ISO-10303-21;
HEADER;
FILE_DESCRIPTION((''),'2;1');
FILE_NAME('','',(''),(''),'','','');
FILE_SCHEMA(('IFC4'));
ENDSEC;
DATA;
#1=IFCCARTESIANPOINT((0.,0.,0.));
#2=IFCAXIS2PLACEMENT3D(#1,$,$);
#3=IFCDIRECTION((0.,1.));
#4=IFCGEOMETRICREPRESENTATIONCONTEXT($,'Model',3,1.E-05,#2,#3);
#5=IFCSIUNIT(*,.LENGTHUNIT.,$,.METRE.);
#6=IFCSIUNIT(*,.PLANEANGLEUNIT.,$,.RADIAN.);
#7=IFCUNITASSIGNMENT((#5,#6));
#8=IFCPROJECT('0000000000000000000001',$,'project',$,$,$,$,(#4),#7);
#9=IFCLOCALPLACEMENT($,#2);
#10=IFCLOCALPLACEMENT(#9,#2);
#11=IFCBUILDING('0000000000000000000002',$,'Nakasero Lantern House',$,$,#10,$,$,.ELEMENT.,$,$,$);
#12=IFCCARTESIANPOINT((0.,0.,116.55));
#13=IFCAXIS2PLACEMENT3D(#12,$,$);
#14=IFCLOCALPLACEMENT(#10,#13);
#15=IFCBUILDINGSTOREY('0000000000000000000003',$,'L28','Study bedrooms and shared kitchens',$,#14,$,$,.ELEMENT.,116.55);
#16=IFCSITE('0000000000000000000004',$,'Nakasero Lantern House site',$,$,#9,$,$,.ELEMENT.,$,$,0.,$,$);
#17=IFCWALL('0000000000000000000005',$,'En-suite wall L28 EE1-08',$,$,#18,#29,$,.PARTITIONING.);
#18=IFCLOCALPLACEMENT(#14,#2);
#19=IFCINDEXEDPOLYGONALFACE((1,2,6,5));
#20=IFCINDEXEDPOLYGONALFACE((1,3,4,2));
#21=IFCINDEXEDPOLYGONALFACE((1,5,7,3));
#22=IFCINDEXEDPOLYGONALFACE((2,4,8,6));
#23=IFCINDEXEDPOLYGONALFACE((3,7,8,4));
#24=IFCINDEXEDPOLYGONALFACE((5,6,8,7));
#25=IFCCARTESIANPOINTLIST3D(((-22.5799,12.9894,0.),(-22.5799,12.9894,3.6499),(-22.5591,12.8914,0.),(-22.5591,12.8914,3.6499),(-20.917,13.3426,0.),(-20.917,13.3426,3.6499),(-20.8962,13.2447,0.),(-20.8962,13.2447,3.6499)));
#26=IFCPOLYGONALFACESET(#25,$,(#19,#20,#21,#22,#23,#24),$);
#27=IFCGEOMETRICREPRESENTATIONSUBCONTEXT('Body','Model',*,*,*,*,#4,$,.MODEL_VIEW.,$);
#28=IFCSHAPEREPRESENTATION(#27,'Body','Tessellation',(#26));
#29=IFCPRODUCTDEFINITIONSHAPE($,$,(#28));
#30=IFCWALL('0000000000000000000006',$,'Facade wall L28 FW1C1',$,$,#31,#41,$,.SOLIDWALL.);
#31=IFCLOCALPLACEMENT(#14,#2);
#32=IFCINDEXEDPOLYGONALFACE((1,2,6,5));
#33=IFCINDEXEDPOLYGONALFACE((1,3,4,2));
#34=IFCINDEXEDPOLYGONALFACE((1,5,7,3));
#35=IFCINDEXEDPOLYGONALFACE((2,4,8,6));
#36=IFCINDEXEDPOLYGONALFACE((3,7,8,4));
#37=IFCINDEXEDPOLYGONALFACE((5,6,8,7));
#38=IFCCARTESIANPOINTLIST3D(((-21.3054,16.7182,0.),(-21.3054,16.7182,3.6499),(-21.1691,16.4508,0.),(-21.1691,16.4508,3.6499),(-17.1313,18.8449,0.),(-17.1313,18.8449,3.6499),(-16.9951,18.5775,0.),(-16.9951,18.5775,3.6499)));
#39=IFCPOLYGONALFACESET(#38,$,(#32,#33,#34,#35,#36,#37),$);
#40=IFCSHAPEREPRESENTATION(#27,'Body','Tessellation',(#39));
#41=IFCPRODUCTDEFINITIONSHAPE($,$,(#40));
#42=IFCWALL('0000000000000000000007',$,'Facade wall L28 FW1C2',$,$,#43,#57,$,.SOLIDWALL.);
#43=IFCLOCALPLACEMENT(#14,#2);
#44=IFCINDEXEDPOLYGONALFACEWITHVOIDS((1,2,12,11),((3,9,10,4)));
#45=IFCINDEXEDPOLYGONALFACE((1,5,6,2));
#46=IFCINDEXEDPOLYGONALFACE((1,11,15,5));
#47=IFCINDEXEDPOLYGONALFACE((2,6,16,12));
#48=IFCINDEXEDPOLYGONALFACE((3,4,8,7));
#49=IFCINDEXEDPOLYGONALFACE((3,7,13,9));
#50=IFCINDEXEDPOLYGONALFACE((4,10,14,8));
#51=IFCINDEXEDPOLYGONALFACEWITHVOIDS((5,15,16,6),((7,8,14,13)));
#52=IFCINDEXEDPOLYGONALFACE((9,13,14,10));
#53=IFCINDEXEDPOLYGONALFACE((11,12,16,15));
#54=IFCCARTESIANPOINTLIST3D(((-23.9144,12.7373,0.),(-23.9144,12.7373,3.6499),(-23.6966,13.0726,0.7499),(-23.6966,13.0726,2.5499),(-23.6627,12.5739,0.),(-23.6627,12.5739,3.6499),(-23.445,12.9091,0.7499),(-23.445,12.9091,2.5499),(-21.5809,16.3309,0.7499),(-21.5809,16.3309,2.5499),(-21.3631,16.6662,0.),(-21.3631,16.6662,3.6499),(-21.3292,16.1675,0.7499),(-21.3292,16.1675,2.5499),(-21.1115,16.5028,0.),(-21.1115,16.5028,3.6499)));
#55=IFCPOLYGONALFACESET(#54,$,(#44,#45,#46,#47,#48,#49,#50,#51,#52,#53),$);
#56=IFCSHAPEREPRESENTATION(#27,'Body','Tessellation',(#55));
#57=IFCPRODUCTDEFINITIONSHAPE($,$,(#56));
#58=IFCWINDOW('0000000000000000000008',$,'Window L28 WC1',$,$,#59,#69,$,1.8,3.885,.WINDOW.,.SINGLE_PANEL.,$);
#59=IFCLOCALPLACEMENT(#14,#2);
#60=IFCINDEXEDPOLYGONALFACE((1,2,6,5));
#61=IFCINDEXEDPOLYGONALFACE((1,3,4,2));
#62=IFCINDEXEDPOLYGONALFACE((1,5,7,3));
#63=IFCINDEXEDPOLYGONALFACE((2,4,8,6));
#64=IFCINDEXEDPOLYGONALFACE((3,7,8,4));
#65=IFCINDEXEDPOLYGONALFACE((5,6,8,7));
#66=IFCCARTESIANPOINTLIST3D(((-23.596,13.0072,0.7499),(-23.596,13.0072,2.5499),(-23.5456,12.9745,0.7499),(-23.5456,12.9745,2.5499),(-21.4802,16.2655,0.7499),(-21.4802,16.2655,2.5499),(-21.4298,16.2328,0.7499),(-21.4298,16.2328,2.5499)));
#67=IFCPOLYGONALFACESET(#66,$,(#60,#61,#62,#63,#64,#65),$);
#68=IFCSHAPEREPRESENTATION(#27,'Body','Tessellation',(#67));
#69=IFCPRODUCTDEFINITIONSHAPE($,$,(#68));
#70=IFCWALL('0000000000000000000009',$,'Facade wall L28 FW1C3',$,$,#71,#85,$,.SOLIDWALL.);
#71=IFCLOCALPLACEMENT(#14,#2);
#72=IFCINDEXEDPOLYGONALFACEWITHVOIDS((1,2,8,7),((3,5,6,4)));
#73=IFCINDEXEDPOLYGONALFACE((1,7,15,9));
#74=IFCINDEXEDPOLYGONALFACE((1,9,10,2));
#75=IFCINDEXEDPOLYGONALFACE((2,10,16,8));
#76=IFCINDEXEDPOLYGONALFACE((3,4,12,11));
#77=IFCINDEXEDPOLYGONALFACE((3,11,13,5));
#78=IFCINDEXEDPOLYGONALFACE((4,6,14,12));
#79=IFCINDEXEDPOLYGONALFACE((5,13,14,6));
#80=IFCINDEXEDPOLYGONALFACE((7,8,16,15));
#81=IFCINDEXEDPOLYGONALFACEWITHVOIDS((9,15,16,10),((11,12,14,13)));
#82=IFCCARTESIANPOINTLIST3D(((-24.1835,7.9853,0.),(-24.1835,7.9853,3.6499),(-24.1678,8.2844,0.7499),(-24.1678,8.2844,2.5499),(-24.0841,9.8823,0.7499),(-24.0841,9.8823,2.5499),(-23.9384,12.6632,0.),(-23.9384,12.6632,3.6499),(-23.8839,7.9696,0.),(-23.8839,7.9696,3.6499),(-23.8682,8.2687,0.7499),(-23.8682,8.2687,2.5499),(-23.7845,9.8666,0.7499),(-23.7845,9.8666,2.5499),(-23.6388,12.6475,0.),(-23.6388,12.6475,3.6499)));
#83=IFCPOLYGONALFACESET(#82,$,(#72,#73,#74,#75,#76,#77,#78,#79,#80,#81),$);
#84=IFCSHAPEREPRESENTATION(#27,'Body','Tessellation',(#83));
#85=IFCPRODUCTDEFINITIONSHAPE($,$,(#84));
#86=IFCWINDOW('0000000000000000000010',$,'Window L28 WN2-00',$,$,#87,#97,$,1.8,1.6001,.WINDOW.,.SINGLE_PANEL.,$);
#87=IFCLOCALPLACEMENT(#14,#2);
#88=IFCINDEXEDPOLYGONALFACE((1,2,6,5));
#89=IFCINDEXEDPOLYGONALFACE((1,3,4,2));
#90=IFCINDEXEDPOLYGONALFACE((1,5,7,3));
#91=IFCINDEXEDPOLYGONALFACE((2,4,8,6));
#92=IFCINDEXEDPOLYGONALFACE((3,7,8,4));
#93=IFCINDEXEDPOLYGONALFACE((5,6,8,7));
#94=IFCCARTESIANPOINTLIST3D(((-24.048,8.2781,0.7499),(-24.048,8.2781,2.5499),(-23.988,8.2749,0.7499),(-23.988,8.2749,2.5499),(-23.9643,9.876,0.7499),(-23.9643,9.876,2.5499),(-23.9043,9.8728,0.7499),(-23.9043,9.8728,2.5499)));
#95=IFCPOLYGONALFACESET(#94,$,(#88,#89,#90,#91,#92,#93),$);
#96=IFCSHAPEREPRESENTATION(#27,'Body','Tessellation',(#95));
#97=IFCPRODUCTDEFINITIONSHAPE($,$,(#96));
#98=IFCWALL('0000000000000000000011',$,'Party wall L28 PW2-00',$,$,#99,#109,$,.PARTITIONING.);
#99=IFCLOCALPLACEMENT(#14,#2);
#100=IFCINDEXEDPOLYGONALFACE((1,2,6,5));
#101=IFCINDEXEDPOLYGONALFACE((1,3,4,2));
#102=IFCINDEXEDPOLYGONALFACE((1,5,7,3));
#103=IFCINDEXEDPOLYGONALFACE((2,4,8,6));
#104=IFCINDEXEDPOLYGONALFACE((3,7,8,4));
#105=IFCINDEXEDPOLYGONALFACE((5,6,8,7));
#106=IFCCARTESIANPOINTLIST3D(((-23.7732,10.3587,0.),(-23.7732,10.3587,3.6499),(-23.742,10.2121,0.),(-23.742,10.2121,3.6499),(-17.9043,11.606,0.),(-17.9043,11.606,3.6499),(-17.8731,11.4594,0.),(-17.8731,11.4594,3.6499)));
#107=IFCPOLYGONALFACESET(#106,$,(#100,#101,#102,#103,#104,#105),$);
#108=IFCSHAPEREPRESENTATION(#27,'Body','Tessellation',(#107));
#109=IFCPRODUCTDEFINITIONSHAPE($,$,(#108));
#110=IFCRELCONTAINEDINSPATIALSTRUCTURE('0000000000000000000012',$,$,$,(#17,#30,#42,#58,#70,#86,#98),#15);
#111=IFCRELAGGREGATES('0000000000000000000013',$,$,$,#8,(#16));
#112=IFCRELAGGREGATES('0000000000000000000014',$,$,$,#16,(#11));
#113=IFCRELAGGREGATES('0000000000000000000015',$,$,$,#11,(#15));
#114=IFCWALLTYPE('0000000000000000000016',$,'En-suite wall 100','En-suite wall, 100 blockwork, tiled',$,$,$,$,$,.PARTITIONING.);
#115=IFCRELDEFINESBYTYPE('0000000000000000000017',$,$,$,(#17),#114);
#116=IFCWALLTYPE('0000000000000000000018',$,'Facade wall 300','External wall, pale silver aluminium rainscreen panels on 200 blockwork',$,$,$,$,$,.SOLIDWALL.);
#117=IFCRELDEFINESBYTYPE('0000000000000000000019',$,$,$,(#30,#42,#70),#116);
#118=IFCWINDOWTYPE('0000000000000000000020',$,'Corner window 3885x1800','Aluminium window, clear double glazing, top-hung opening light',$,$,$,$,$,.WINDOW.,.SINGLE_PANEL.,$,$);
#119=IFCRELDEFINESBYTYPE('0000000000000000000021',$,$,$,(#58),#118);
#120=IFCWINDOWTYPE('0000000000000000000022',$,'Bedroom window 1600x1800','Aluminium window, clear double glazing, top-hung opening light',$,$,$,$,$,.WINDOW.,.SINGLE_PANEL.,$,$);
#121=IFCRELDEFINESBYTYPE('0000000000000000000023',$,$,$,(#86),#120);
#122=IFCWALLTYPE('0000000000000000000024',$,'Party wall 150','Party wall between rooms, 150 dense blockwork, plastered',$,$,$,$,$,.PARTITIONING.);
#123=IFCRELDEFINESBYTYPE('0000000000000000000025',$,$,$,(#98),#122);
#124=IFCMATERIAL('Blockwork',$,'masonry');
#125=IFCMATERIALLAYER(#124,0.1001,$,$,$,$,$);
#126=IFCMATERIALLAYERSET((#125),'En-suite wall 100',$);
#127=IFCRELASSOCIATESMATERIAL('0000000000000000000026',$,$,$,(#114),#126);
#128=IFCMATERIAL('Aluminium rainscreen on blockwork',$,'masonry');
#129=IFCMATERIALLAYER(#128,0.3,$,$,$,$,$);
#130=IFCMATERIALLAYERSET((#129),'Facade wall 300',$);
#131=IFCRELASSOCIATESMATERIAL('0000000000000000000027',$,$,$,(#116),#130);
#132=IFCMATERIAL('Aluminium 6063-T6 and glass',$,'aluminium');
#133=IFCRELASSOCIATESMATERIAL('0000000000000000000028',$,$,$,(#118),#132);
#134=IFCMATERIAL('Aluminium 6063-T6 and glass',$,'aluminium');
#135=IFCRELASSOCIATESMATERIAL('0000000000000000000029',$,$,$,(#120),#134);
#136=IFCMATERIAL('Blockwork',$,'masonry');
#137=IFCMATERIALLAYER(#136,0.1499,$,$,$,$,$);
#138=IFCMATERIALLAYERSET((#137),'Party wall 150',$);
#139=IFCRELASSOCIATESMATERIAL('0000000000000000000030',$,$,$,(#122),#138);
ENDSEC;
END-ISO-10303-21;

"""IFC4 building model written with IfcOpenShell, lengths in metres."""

from ifc_helpers import new_model, si_unit, direction, frame, frame_2d, origin, place, context, subcontext, project, spatial, rectangle, extrude, material, layer, layer_set, type_object, element, fill, save


model = new_model("IFC4")

# Units and contexts
model_context = context("Model", 3, precision=1e-05, world=origin(), true_north=direction((0.0, 1.0)))
body_context = subcontext(model_context, "Body", "Model", "MODEL_VIEW")
ifc_project = project(units=[si_unit("LENGTHUNIT", "METRE"), si_unit("PLANEANGLEUNIT", "RADIAN")], contexts=[model_context])

# Site, building, storey
site_placement = place(None, origin())
site = spatial("IfcSite", under=ifc_project, at=site_placement, Name="Nakasero Lantern House site", CompositionType="ELEMENT", RefElevation=0.0)
building_placement = place(site_placement, origin())
building = spatial("IfcBuilding", under=site, at=building_placement, Name="Nakasero Lantern House", CompositionType="ELEMENT")
storey_placement = place(building_placement, frame((0.0, 0.0, 116.55)))
storey = spatial("IfcBuildingStorey", under=building, at=storey_placement, Name="L28", Description="Study bedrooms and shared kitchens", CompositionType="ELEMENT", Elevation=116.55)

# Walls
ifc_material_1 = material(Name="Blockwork", Category="masonry")
ifc_layer_1 = layer(ifc_material_1, 0.1001)
ifc_layer_set_1 = layer_set([ifc_layer_1], Name="En-suite wall 100")
wall_type_1 = type_object("IfcWallType", Name="En-suite wall 100", Description="En-suite wall, 100 blockwork, tiled", PredefinedType="PARTITIONING", material=ifc_layer_set_1)
wall_1_placement = place(storey_placement, frame((-20.9065, 13.2937, 0.0), z_axis=(0.0, 0.0, 1.0), x_axis=(-0.978169, -0.207812, 0.0)))
element("IfcWall", 1, at=wall_1_placement, inside=storey, type_object=wall_type_1, Name="En-suite wall L28 EE1-08", PredefinedType="PARTITIONING", context=body_context, shape_type="SweptSolid", body=[
    extrude(rectangle(XDim=1.7, YDim=0.1001, at=frame_2d((0.8501, 0.0))), origin(), (0.0, 0.0, 1.0), 3.6499),
])
ifc_material_2 = material(Name="Aluminium rainscreen on blockwork", Category="masonry")
ifc_layer_2 = layer(ifc_material_2, 0.3)
ifc_layer_set_2 = layer_set([ifc_layer_2], Name="Facade wall 300")
wall_type_2 = type_object("IfcWallType", Name="Facade wall 300", Description="External wall, pale silver aluminium rainscreen panels on 200 blockwork", PredefinedType="SOLIDWALL", material=ifc_layer_set_2)
wall_2_placement = place(storey_placement, frame((-17.0632, 18.7112, 0.0), z_axis=(0.0, 0.0, 1.0), x_axis=(-0.891014, -0.453976, 0.0)))
element("IfcWall", 2, at=wall_2_placement, inside=storey, type_object=wall_type_2, Name="Facade wall L28 FW1C1", PredefinedType="SOLIDWALL", context=body_context, shape_type="SweptSolid", body=[
    extrude(rectangle(XDim=4.6846, YDim=0.3, at=frame_2d((2.3423, 0.0))), origin(), (0.0, 0.0, 1.0), 3.6499),
])

# Walls, openings, windows
wall_3_placement = place(storey_placement, frame((-21.2373, 16.5845, 0.0), z_axis=(0.0, 0.0, 1.0), x_axis=(-0.544605, -0.838692, 0.0)))
wall_3 = element("IfcWall", 3, at=wall_3_placement, inside=storey, type_object=wall_type_2, Name="Facade wall L28 FW1C2", PredefinedType="SOLIDWALL", context=body_context, shape_type="SweptSolid", body=[
    extrude(rectangle(XDim=4.6846, YDim=0.3, at=frame_2d((2.3423, 0.0))), origin(), (0.0, 0.0, 1.0), 3.6499),
])
opening_1_placement = place(wall_3_placement, frame((0.3999, 0.0, 0.75)))
opening_1 = element("IfcOpeningElement", 4, at=opening_1_placement, cuts=wall_3, PredefinedType="OPENING", context=body_context, shape_type="SweptSolid", body=[
    extrude(rectangle(XDim=3.885, YDim=1.8, at=frame_2d((1.9424, 0.8999))), frame((0.0, 0.1699, 0.0), z_axis=(0.0, -1.0, 0.0), x_axis=(1.0, 0.0, 0.0)), (0.0, 0.0, 1.0), 0.3401),
])
ifc_material_3 = material(Name="Aluminium 6063-T6 and glass", Category="aluminium")
window_type_1 = type_object("IfcWindowType", Name="Corner window 3885x1800", Description="Aluminium window, clear double glazing, top-hung opening light", PartitioningType="SINGLE_PANEL", PredefinedType="WINDOW", material=ifc_material_3)
window_1_placement = place(opening_1_placement, origin())
window_1 = element("IfcWindow", 5, at=window_1_placement, inside=storey, type_object=window_type_1, Name="Window L28 WC1", OverallHeight=1.8, OverallWidth=3.885, PartitioningType="SINGLE_PANEL", PredefinedType="WINDOW", context=body_context, shape_type="SweptSolid", body=[
    extrude(rectangle(XDim=3.885, YDim=1.8, at=frame_2d((1.9424, 0.8999))), frame((0.0, 0.03, 0.0), z_axis=(0.0, -1.0, 0.0), x_axis=(1.0, 0.0, 0.0)), (0.0, 0.0, 1.0), 0.0601),
])
fill(opening_1, window_1)
wall_4_placement = place(storey_placement, frame((-23.7886, 12.6555, 0.0), z_axis=(0.0, 0.0, 1.0), x_axis=(-0.052326, -0.99863, 0.0)))
wall_4 = element("IfcWall", 6, at=wall_4_placement, inside=storey, type_object=wall_type_2, Name="Facade wall L28 FW1C3", PredefinedType="SOLIDWALL", context=body_context, shape_type="SweptSolid", body=[
    extrude(rectangle(XDim=4.6843, YDim=0.3, at=frame_2d((2.3423, 0.0))), origin(), (0.0, 0.0, 1.0), 3.6499),
])
opening_2_placement = place(wall_4_placement, frame((2.7849, 0.0, 0.75)))
opening_2 = element("IfcOpeningElement", 7, at=opening_2_placement, cuts=wall_4, PredefinedType="OPENING", context=body_context, shape_type="SweptSolid", body=[
    extrude(rectangle(XDim=1.6001, YDim=1.8, at=frame_2d((0.8, 0.8999))), frame((0.0, 0.1699, 0.0), z_axis=(0.0, -1.0, 0.0), x_axis=(1.0, 0.0, 0.0)), (0.0, 0.0, 1.0), 0.3401),
])
ifc_material_4 = material(Name="Aluminium 6063-T6 and glass", Category="aluminium")
window_type_2 = type_object("IfcWindowType", Name="Bedroom window 1600x1800", Description="Aluminium window, clear double glazing, top-hung opening light", PartitioningType="SINGLE_PANEL", PredefinedType="WINDOW", material=ifc_material_4)
window_2_placement = place(opening_2_placement, origin())
window_2 = element("IfcWindow", 8, at=window_2_placement, inside=storey, type_object=window_type_2, Name="Window L28 WN2-00", OverallHeight=1.8, OverallWidth=1.6001, PartitioningType="SINGLE_PANEL", PredefinedType="WINDOW", context=body_context, shape_type="SweptSolid", body=[
    extrude(rectangle(XDim=1.6001, YDim=1.8, at=frame_2d((0.8, 0.8999))), frame((0.0, 0.03, 0.0), z_axis=(0.0, -1.0, 0.0), x_axis=(1.0, 0.0, 0.0)), (0.0, 0.0, 1.0), 0.0601),
])
fill(opening_2, window_2)

# Wall
ifc_material_5 = material(Name="Blockwork", Category="masonry")
ifc_layer_3 = layer(ifc_material_5, 0.1499)
ifc_layer_set_3 = layer_set([ifc_layer_3], Name="Party wall 150")
wall_type_3 = type_object("IfcWallType", Name="Party wall 150", Description="Party wall between rooms, 150 dense blockwork, plastered", PredefinedType="PARTITIONING", material=ifc_layer_set_3)
wall_5_placement = place(storey_placement, frame((-17.8887, 11.5327, 0.0), z_axis=(0.0, 0.0, 1.0), x_axis=(-0.978153, -0.207886, 0.0)))
element("IfcWall", 9, at=wall_5_placement, inside=storey, type_object=wall_type_3, Name="Party wall L28 PW2-00", PredefinedType="PARTITIONING", context=body_context, shape_type="SweptSolid", body=[
    extrude(rectangle(XDim=6.0, YDim=0.1499, at=frame_2d((3.0, 0.0))), origin(), (0.0, 0.0, 1.0), 3.6499),
])

save(model, "model.ifc")
